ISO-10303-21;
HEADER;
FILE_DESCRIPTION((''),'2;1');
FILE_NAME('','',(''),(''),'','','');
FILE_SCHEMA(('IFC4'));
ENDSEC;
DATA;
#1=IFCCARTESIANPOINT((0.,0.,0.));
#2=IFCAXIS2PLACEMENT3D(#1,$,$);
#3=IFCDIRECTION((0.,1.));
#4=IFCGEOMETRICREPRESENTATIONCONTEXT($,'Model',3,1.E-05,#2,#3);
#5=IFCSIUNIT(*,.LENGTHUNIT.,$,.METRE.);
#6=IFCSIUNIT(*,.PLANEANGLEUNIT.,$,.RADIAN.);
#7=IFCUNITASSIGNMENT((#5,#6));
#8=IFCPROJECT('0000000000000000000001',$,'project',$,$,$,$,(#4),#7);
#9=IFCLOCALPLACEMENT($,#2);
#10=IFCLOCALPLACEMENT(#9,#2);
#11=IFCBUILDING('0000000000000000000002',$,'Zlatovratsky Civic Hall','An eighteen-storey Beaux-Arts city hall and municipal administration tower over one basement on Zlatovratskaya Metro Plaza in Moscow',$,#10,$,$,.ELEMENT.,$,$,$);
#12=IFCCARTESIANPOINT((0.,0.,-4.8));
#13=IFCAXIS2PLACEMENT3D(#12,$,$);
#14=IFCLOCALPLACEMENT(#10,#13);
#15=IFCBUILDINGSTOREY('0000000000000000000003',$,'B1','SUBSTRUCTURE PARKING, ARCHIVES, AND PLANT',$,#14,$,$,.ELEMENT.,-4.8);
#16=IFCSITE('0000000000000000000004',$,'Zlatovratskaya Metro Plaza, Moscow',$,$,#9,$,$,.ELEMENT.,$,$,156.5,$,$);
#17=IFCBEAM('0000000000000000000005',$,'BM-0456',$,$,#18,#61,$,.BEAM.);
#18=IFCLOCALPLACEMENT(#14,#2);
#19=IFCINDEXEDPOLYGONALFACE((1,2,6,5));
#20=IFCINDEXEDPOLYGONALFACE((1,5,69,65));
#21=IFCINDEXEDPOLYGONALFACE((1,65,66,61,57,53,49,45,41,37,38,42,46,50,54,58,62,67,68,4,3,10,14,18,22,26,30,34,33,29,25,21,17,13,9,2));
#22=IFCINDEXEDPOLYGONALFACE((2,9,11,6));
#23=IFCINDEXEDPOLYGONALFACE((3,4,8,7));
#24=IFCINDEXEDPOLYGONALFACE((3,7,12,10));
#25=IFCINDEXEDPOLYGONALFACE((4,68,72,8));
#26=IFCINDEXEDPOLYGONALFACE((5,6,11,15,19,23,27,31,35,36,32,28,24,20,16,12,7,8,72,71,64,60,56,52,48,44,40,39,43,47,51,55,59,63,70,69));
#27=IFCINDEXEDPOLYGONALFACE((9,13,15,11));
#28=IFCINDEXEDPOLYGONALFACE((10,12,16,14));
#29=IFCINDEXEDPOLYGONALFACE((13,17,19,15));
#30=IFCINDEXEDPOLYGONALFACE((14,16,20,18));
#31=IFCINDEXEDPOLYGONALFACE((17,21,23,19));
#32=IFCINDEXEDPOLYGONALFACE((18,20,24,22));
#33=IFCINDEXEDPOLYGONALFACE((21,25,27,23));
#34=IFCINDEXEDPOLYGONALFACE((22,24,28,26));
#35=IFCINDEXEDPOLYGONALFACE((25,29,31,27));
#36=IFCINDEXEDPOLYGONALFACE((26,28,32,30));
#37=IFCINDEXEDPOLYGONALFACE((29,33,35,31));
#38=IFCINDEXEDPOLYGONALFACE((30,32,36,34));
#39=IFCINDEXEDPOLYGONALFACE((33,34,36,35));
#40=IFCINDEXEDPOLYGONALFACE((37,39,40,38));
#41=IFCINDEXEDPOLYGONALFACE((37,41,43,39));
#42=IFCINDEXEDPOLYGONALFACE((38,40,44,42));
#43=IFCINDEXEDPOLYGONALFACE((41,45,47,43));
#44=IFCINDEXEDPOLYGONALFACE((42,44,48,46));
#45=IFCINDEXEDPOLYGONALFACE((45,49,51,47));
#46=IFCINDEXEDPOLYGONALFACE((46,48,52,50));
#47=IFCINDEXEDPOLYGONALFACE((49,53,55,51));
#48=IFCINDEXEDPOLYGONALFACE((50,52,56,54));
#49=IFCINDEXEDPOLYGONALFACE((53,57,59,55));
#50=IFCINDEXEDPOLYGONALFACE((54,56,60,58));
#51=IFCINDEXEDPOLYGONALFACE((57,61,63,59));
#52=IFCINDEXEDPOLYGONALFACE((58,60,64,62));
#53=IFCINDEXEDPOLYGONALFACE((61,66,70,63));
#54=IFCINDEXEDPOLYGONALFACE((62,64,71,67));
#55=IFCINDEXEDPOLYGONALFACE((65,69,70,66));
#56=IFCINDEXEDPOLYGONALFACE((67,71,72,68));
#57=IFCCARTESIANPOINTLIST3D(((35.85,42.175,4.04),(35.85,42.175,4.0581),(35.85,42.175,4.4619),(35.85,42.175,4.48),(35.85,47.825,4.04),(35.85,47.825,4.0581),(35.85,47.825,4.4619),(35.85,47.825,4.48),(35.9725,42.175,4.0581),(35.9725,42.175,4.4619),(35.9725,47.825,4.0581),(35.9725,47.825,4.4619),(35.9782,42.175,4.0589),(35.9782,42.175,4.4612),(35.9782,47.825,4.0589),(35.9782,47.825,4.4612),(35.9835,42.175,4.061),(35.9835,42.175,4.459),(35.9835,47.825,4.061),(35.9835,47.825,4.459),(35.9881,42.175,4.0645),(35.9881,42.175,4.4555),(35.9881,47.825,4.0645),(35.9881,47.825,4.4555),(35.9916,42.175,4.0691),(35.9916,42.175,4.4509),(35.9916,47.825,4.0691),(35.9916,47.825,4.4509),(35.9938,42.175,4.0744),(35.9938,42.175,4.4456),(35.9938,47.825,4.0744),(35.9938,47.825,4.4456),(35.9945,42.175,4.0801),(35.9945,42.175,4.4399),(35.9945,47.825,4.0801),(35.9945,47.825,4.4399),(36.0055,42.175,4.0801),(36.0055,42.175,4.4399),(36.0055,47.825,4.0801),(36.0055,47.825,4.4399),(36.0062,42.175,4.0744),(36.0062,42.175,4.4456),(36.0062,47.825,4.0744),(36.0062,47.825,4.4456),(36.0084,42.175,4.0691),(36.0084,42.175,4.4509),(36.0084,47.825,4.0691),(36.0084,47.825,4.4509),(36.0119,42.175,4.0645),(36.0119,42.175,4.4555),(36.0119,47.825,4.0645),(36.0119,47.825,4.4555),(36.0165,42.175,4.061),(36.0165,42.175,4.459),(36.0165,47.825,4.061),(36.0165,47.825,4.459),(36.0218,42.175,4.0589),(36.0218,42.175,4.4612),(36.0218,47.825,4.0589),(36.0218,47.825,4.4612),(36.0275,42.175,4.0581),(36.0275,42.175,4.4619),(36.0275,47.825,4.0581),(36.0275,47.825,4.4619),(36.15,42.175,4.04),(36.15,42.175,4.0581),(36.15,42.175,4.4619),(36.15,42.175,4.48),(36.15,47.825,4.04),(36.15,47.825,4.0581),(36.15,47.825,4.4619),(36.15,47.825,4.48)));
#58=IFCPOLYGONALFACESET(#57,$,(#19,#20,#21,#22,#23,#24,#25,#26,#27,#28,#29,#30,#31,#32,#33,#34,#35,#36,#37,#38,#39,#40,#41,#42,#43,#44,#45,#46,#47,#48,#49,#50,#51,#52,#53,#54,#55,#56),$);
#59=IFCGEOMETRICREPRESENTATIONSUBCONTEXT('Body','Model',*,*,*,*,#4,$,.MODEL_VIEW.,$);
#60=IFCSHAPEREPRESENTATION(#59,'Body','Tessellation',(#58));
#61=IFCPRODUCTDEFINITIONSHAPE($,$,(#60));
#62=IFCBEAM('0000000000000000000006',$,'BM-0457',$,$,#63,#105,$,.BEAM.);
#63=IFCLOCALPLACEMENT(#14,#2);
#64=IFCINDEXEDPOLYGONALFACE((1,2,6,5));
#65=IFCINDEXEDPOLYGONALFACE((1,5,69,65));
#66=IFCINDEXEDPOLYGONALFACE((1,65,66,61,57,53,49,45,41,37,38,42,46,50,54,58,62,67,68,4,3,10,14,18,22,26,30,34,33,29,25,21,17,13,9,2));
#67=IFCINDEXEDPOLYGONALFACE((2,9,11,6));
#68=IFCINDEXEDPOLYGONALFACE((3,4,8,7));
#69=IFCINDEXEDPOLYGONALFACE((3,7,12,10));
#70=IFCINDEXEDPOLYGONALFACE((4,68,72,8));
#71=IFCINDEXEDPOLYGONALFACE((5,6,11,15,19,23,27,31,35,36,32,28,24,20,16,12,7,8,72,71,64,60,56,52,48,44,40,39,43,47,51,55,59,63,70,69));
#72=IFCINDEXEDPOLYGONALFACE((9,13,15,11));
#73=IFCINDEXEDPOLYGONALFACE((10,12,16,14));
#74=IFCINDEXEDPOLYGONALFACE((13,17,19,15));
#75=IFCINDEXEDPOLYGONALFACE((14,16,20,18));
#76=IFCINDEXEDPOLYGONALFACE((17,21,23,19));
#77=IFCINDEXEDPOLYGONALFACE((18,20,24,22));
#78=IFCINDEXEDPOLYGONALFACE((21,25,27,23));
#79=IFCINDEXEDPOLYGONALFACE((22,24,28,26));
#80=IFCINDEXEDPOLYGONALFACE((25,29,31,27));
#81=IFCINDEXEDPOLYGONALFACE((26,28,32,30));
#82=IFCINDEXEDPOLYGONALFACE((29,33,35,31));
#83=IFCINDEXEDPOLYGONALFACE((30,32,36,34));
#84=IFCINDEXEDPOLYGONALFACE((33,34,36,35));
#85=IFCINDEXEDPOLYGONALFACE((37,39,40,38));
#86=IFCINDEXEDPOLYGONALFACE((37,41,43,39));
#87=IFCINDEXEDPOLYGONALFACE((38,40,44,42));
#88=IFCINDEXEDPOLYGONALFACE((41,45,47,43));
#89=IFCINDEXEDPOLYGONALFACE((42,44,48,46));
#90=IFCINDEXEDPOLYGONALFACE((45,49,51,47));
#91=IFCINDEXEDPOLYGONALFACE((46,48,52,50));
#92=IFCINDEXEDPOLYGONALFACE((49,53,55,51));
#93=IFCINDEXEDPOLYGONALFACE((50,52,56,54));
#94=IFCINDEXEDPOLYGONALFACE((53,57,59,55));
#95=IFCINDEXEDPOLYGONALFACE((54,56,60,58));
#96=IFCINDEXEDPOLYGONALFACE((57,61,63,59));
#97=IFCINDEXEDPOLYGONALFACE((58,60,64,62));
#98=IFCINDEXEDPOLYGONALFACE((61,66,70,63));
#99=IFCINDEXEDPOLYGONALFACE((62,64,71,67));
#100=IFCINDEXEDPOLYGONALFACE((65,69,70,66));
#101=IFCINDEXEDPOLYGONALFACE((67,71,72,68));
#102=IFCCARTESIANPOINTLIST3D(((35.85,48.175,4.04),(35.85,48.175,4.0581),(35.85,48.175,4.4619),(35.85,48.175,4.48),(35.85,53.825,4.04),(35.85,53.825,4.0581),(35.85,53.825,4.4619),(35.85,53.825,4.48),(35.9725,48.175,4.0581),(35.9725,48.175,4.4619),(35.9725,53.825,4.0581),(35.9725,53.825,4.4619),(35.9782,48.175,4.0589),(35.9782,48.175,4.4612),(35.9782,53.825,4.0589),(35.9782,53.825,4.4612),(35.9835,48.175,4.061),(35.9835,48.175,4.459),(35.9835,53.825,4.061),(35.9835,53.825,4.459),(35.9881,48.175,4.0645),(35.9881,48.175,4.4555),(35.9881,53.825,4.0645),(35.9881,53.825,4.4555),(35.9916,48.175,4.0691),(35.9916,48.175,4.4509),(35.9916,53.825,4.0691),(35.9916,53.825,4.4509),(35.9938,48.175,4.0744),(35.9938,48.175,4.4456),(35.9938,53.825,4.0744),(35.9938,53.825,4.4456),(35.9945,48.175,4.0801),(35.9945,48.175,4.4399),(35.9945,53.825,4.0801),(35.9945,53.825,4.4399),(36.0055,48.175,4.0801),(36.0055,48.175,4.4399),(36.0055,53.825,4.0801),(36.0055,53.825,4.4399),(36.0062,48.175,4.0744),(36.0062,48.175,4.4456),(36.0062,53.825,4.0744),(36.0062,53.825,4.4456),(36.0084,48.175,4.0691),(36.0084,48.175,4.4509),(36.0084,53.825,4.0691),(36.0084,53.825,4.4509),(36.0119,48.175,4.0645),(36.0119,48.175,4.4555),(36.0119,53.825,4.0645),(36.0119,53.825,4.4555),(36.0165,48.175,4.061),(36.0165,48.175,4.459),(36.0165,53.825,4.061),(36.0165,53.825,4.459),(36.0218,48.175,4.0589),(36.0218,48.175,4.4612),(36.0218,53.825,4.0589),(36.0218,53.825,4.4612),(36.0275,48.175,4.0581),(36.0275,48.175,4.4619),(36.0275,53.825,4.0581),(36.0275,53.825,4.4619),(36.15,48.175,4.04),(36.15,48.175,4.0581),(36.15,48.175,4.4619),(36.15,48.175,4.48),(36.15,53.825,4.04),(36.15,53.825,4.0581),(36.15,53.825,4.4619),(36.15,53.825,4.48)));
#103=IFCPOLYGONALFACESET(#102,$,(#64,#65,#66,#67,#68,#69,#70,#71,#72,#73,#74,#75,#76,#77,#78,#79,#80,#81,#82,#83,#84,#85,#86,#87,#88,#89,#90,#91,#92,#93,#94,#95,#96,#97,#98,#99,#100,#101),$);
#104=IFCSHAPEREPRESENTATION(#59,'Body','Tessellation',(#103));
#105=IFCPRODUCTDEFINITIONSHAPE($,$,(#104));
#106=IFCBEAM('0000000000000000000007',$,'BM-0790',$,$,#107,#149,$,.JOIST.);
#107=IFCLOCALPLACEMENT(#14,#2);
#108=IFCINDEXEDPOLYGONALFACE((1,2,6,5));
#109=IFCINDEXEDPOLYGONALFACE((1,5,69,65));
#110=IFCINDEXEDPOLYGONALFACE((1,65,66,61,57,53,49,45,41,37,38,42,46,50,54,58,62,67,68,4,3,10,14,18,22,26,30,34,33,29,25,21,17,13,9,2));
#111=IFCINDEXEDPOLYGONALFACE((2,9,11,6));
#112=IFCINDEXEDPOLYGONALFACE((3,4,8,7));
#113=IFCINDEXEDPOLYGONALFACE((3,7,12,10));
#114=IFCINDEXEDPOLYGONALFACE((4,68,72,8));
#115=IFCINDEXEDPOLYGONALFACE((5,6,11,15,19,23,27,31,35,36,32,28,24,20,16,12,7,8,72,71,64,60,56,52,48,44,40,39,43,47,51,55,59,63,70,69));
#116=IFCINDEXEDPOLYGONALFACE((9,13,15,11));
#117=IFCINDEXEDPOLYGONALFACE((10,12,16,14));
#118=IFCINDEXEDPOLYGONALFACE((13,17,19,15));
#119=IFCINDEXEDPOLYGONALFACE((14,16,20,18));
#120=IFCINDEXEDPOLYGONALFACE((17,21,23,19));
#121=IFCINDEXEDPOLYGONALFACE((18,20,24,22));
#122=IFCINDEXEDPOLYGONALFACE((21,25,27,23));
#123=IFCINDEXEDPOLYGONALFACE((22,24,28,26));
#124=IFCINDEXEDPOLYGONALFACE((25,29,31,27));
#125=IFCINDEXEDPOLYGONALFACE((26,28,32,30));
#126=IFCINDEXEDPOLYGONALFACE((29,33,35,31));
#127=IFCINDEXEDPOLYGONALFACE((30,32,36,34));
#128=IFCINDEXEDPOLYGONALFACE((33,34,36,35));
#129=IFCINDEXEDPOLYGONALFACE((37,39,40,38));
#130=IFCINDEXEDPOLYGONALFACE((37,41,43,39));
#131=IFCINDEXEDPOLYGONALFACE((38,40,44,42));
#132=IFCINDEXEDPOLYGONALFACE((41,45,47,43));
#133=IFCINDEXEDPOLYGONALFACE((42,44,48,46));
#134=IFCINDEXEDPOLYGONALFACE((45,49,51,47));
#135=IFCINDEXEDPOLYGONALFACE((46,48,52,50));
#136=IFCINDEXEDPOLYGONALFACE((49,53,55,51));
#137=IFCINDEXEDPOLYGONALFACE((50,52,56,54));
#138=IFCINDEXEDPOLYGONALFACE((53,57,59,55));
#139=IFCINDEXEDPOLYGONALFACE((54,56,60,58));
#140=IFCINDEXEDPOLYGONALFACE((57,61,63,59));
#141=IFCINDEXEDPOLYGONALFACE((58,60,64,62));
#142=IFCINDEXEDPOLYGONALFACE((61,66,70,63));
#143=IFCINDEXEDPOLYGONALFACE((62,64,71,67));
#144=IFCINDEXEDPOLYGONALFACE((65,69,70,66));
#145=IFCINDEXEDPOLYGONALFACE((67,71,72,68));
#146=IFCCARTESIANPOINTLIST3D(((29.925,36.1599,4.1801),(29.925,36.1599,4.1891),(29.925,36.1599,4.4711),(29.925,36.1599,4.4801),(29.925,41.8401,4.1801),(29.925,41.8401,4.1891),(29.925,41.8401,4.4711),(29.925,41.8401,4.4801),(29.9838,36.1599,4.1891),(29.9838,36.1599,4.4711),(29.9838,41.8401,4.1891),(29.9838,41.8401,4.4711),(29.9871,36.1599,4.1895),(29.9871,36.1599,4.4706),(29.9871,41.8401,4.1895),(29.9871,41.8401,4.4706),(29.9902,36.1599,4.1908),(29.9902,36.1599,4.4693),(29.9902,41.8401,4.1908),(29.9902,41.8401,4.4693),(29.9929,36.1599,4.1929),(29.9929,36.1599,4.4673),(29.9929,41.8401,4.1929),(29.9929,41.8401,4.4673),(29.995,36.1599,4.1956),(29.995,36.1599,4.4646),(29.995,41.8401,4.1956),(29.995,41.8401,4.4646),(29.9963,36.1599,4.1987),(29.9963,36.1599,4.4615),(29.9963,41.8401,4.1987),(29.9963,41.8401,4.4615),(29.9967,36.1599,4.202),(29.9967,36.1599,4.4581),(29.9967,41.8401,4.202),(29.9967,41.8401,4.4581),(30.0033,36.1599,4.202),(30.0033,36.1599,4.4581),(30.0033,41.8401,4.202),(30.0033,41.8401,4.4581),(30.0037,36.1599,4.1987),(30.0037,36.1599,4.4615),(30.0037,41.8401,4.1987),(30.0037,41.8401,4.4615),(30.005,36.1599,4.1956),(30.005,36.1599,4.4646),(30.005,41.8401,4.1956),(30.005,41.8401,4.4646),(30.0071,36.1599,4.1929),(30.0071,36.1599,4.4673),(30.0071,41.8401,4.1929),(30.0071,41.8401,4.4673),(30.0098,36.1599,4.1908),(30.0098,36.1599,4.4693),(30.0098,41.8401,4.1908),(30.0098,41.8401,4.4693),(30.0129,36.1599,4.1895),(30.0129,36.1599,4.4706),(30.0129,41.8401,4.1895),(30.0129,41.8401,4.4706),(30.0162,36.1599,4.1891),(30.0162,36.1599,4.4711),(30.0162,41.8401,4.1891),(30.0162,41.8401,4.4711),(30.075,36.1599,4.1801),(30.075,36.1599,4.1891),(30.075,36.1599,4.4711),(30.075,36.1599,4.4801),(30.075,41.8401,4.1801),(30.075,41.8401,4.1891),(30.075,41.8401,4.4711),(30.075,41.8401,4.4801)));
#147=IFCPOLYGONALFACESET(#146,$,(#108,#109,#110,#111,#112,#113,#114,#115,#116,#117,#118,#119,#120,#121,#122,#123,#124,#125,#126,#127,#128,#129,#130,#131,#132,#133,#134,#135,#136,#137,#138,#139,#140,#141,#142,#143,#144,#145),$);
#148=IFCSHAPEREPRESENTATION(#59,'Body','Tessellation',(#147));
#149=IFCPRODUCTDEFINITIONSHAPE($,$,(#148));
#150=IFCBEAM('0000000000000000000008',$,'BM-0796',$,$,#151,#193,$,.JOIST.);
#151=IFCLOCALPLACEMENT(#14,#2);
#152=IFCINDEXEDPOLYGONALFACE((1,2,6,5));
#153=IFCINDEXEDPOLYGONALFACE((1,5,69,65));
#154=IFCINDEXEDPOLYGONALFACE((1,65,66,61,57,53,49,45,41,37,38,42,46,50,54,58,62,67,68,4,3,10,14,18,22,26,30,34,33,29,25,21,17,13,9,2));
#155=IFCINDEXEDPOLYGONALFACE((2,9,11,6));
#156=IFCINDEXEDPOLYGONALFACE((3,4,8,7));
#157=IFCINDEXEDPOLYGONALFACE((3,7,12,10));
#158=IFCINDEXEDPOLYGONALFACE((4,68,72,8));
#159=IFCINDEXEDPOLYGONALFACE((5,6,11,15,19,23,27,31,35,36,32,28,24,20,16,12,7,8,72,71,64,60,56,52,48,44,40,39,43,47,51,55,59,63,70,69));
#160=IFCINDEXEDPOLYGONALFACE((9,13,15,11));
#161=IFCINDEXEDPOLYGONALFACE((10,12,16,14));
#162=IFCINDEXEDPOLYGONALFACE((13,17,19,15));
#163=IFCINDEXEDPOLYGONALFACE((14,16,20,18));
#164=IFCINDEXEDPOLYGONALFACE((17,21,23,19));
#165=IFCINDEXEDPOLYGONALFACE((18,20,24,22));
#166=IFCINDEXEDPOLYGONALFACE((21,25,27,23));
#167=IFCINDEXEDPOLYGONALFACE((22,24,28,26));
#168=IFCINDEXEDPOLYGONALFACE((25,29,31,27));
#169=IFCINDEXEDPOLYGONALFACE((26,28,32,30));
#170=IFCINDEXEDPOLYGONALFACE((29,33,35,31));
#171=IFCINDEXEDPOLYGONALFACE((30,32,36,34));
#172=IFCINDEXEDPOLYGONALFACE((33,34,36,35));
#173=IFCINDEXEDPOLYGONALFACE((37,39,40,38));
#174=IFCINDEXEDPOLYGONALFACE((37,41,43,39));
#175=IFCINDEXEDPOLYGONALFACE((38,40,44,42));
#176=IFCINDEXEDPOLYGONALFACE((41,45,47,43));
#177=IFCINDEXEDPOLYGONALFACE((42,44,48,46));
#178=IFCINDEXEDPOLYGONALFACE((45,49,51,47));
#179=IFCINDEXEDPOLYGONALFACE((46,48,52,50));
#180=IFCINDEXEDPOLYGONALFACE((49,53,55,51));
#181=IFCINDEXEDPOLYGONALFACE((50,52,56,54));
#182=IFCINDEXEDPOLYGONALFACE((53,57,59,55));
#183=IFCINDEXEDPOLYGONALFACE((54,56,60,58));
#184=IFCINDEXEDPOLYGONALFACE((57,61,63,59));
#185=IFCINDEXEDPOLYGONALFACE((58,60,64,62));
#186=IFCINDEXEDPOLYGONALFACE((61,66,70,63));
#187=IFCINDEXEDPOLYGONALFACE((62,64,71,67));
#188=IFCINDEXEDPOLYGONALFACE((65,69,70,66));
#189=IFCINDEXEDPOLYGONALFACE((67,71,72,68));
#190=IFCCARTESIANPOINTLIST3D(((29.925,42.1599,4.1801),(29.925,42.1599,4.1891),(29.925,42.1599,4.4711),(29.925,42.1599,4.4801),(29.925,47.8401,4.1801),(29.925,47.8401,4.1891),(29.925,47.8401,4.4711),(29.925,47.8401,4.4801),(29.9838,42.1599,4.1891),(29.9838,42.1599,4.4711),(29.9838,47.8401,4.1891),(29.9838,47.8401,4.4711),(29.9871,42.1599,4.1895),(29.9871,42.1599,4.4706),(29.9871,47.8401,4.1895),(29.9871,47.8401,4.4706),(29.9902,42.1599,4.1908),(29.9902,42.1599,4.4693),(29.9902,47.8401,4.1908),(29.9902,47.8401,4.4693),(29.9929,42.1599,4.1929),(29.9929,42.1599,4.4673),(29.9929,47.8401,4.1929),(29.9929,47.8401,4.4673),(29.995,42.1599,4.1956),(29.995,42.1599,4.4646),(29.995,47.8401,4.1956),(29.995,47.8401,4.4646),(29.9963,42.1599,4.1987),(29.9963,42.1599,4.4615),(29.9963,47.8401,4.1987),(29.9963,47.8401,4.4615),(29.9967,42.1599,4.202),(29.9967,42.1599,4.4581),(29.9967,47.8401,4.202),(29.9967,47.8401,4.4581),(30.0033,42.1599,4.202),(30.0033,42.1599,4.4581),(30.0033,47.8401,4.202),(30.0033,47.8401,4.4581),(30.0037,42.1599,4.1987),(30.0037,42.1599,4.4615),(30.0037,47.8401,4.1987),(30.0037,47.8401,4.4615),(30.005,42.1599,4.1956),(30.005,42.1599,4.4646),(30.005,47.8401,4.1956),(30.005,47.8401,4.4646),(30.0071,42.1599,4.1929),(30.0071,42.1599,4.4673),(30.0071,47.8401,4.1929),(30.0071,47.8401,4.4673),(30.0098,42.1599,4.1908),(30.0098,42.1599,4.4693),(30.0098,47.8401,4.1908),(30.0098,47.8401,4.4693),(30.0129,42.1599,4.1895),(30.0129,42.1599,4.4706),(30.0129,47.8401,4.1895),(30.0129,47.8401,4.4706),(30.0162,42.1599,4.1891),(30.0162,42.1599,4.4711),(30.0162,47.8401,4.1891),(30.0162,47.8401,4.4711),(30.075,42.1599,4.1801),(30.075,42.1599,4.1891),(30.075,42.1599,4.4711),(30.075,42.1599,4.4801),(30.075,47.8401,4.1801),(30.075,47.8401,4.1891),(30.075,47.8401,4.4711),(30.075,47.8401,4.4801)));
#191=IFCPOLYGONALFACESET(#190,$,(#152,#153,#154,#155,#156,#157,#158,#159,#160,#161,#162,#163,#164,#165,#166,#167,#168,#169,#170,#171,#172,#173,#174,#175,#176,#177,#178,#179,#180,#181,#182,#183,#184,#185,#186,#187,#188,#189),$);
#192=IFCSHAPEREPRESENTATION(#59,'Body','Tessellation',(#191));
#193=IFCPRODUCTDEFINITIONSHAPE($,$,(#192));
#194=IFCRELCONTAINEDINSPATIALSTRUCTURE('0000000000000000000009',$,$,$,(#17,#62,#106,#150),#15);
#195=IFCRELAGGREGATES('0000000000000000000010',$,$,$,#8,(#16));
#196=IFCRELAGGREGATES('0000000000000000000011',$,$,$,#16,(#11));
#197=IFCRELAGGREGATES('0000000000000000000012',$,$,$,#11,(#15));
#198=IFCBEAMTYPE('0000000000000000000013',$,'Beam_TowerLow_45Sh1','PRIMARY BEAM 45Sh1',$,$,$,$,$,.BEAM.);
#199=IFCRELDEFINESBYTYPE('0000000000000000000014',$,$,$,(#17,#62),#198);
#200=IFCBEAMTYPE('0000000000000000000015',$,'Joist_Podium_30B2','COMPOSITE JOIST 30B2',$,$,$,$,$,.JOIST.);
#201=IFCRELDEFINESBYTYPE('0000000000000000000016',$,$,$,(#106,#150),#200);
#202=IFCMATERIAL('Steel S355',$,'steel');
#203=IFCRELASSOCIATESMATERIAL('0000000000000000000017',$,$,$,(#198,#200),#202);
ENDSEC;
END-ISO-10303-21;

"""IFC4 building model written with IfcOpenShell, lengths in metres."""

from ifc_helpers import new_model, si_unit, direction, frame, origin, origin_2d, place, context, subcontext, project, spatial, i_section, extrude, material, material_profile, profile_set, type_object, element, save


model = new_model("IFC4")

# Units and contexts
model_context = context("Model", 3, precision=1e-05, world=origin(), true_north=direction((0.0, 1.0)))
body_context = subcontext(model_context, "Body", "Model", "MODEL_VIEW")
ifc_project = project(units=[si_unit("LENGTHUNIT", "METRE"), si_unit("PLANEANGLEUNIT", "RADIAN")], contexts=[model_context])

# Site, building, storey
site_placement = place(None, origin())
site = spatial("IfcSite", under=ifc_project, at=site_placement, Name="Zlatovratskaya Metro Plaza, Moscow", CompositionType="ELEMENT", RefElevation=156.5)
building_placement = place(site_placement, origin())
building = spatial("IfcBuilding", under=site, at=building_placement, Name="Zlatovratsky Civic Hall", Description="An eighteen-storey Beaux-Arts city hall and municipal administration tower over one basement on Zlatovratskaya Metro Plaza in Moscow", CompositionType="ELEMENT")
storey_placement = place(building_placement, frame((0.0, 0.0, -4.8)))
storey = spatial("IfcBuildingStorey", under=building, at=storey_placement, Name="B1", Description="SUBSTRUCTURE PARKING, ARCHIVES, AND PLANT", CompositionType="ELEMENT", Elevation=-4.8)

# Shared definitions
ifc_material_1 = material(Name="Steel S355", Category="steel")

# Beams
ifc_material_profile_1 = material_profile(ifc_material_1, i_section(OverallWidth=0.3, OverallDepth=0.4399, WebThickness=0.011, FlangeThickness=0.0181, FilletRadius=0.022, at=origin_2d()), Name="45Sh1")
ifc_profile_set_1 = profile_set([ifc_material_profile_1], Name="Steel S355")
beam_type_1 = type_object("IfcBeamType", Name="Beam_TowerLow_45Sh1", Description="PRIMARY BEAM 45Sh1", PredefinedType="BEAM", material=ifc_profile_set_1)
for number, where, z_axis, x_axis, name in (
    (1, (36.0, 42.175, 4.26), (0.0, 1.0, 0.0), (-1.0, 0.0, 0.0), "BM-0456"),
    (2, (36.0, 48.175, 4.26), (0.0, 1.0, 0.0), (-1.0, 0.0, 0.0), "BM-0457"),
):
    element("IfcBeam", number, at=place(storey_placement, frame(where, z_axis=z_axis, x_axis=x_axis)), inside=storey, type_object=beam_type_1, Name=name, PredefinedType="BEAM", context=body_context, shape_type="SweptSolid", body=[
        extrude(i_section(OverallWidth=0.3, OverallDepth=0.4399, WebThickness=0.011, FlangeThickness=0.0181, FilletRadius=0.022, at=origin_2d()), origin(), (0.0, 0.0, 1.0), 5.6499),
    ])
ifc_material_profile_2 = material_profile(ifc_material_1, i_section(OverallWidth=0.1499, OverallDepth=0.3, WebThickness=0.0066, FlangeThickness=0.009, FilletRadius=0.0129, at=origin_2d()), Name="30B2")
ifc_profile_set_2 = profile_set([ifc_material_profile_2], Name="Steel S355")
beam_type_2 = type_object("IfcBeamType", Name="Joist_Podium_30B2", Description="COMPOSITE JOIST 30B2", PredefinedType="JOIST", material=ifc_profile_set_2)
for number, where, z_axis, x_axis, name in (
    (3, (30.0, 36.1599, 4.3301), (0.0, 1.0, 0.0), (-1.0, 0.0, 0.0), "BM-0790"),
    (4, (30.0, 42.1599, 4.3301), (0.0, 1.0, 0.0), (-1.0, 0.0, 0.0), "BM-0796"),
):
    element("IfcBeam", number, at=place(storey_placement, frame(where, z_axis=z_axis, x_axis=x_axis)), inside=storey, type_object=beam_type_2, Name=name, PredefinedType="JOIST", context=body_context, shape_type="SweptSolid", body=[
        extrude(i_section(OverallWidth=0.1499, OverallDepth=0.3, WebThickness=0.0066, FlangeThickness=0.009, FilletRadius=0.0129, at=origin_2d()), origin(), (0.0, 0.0, 1.0), 5.6802),
    ])

save(model, "model.ifc")
